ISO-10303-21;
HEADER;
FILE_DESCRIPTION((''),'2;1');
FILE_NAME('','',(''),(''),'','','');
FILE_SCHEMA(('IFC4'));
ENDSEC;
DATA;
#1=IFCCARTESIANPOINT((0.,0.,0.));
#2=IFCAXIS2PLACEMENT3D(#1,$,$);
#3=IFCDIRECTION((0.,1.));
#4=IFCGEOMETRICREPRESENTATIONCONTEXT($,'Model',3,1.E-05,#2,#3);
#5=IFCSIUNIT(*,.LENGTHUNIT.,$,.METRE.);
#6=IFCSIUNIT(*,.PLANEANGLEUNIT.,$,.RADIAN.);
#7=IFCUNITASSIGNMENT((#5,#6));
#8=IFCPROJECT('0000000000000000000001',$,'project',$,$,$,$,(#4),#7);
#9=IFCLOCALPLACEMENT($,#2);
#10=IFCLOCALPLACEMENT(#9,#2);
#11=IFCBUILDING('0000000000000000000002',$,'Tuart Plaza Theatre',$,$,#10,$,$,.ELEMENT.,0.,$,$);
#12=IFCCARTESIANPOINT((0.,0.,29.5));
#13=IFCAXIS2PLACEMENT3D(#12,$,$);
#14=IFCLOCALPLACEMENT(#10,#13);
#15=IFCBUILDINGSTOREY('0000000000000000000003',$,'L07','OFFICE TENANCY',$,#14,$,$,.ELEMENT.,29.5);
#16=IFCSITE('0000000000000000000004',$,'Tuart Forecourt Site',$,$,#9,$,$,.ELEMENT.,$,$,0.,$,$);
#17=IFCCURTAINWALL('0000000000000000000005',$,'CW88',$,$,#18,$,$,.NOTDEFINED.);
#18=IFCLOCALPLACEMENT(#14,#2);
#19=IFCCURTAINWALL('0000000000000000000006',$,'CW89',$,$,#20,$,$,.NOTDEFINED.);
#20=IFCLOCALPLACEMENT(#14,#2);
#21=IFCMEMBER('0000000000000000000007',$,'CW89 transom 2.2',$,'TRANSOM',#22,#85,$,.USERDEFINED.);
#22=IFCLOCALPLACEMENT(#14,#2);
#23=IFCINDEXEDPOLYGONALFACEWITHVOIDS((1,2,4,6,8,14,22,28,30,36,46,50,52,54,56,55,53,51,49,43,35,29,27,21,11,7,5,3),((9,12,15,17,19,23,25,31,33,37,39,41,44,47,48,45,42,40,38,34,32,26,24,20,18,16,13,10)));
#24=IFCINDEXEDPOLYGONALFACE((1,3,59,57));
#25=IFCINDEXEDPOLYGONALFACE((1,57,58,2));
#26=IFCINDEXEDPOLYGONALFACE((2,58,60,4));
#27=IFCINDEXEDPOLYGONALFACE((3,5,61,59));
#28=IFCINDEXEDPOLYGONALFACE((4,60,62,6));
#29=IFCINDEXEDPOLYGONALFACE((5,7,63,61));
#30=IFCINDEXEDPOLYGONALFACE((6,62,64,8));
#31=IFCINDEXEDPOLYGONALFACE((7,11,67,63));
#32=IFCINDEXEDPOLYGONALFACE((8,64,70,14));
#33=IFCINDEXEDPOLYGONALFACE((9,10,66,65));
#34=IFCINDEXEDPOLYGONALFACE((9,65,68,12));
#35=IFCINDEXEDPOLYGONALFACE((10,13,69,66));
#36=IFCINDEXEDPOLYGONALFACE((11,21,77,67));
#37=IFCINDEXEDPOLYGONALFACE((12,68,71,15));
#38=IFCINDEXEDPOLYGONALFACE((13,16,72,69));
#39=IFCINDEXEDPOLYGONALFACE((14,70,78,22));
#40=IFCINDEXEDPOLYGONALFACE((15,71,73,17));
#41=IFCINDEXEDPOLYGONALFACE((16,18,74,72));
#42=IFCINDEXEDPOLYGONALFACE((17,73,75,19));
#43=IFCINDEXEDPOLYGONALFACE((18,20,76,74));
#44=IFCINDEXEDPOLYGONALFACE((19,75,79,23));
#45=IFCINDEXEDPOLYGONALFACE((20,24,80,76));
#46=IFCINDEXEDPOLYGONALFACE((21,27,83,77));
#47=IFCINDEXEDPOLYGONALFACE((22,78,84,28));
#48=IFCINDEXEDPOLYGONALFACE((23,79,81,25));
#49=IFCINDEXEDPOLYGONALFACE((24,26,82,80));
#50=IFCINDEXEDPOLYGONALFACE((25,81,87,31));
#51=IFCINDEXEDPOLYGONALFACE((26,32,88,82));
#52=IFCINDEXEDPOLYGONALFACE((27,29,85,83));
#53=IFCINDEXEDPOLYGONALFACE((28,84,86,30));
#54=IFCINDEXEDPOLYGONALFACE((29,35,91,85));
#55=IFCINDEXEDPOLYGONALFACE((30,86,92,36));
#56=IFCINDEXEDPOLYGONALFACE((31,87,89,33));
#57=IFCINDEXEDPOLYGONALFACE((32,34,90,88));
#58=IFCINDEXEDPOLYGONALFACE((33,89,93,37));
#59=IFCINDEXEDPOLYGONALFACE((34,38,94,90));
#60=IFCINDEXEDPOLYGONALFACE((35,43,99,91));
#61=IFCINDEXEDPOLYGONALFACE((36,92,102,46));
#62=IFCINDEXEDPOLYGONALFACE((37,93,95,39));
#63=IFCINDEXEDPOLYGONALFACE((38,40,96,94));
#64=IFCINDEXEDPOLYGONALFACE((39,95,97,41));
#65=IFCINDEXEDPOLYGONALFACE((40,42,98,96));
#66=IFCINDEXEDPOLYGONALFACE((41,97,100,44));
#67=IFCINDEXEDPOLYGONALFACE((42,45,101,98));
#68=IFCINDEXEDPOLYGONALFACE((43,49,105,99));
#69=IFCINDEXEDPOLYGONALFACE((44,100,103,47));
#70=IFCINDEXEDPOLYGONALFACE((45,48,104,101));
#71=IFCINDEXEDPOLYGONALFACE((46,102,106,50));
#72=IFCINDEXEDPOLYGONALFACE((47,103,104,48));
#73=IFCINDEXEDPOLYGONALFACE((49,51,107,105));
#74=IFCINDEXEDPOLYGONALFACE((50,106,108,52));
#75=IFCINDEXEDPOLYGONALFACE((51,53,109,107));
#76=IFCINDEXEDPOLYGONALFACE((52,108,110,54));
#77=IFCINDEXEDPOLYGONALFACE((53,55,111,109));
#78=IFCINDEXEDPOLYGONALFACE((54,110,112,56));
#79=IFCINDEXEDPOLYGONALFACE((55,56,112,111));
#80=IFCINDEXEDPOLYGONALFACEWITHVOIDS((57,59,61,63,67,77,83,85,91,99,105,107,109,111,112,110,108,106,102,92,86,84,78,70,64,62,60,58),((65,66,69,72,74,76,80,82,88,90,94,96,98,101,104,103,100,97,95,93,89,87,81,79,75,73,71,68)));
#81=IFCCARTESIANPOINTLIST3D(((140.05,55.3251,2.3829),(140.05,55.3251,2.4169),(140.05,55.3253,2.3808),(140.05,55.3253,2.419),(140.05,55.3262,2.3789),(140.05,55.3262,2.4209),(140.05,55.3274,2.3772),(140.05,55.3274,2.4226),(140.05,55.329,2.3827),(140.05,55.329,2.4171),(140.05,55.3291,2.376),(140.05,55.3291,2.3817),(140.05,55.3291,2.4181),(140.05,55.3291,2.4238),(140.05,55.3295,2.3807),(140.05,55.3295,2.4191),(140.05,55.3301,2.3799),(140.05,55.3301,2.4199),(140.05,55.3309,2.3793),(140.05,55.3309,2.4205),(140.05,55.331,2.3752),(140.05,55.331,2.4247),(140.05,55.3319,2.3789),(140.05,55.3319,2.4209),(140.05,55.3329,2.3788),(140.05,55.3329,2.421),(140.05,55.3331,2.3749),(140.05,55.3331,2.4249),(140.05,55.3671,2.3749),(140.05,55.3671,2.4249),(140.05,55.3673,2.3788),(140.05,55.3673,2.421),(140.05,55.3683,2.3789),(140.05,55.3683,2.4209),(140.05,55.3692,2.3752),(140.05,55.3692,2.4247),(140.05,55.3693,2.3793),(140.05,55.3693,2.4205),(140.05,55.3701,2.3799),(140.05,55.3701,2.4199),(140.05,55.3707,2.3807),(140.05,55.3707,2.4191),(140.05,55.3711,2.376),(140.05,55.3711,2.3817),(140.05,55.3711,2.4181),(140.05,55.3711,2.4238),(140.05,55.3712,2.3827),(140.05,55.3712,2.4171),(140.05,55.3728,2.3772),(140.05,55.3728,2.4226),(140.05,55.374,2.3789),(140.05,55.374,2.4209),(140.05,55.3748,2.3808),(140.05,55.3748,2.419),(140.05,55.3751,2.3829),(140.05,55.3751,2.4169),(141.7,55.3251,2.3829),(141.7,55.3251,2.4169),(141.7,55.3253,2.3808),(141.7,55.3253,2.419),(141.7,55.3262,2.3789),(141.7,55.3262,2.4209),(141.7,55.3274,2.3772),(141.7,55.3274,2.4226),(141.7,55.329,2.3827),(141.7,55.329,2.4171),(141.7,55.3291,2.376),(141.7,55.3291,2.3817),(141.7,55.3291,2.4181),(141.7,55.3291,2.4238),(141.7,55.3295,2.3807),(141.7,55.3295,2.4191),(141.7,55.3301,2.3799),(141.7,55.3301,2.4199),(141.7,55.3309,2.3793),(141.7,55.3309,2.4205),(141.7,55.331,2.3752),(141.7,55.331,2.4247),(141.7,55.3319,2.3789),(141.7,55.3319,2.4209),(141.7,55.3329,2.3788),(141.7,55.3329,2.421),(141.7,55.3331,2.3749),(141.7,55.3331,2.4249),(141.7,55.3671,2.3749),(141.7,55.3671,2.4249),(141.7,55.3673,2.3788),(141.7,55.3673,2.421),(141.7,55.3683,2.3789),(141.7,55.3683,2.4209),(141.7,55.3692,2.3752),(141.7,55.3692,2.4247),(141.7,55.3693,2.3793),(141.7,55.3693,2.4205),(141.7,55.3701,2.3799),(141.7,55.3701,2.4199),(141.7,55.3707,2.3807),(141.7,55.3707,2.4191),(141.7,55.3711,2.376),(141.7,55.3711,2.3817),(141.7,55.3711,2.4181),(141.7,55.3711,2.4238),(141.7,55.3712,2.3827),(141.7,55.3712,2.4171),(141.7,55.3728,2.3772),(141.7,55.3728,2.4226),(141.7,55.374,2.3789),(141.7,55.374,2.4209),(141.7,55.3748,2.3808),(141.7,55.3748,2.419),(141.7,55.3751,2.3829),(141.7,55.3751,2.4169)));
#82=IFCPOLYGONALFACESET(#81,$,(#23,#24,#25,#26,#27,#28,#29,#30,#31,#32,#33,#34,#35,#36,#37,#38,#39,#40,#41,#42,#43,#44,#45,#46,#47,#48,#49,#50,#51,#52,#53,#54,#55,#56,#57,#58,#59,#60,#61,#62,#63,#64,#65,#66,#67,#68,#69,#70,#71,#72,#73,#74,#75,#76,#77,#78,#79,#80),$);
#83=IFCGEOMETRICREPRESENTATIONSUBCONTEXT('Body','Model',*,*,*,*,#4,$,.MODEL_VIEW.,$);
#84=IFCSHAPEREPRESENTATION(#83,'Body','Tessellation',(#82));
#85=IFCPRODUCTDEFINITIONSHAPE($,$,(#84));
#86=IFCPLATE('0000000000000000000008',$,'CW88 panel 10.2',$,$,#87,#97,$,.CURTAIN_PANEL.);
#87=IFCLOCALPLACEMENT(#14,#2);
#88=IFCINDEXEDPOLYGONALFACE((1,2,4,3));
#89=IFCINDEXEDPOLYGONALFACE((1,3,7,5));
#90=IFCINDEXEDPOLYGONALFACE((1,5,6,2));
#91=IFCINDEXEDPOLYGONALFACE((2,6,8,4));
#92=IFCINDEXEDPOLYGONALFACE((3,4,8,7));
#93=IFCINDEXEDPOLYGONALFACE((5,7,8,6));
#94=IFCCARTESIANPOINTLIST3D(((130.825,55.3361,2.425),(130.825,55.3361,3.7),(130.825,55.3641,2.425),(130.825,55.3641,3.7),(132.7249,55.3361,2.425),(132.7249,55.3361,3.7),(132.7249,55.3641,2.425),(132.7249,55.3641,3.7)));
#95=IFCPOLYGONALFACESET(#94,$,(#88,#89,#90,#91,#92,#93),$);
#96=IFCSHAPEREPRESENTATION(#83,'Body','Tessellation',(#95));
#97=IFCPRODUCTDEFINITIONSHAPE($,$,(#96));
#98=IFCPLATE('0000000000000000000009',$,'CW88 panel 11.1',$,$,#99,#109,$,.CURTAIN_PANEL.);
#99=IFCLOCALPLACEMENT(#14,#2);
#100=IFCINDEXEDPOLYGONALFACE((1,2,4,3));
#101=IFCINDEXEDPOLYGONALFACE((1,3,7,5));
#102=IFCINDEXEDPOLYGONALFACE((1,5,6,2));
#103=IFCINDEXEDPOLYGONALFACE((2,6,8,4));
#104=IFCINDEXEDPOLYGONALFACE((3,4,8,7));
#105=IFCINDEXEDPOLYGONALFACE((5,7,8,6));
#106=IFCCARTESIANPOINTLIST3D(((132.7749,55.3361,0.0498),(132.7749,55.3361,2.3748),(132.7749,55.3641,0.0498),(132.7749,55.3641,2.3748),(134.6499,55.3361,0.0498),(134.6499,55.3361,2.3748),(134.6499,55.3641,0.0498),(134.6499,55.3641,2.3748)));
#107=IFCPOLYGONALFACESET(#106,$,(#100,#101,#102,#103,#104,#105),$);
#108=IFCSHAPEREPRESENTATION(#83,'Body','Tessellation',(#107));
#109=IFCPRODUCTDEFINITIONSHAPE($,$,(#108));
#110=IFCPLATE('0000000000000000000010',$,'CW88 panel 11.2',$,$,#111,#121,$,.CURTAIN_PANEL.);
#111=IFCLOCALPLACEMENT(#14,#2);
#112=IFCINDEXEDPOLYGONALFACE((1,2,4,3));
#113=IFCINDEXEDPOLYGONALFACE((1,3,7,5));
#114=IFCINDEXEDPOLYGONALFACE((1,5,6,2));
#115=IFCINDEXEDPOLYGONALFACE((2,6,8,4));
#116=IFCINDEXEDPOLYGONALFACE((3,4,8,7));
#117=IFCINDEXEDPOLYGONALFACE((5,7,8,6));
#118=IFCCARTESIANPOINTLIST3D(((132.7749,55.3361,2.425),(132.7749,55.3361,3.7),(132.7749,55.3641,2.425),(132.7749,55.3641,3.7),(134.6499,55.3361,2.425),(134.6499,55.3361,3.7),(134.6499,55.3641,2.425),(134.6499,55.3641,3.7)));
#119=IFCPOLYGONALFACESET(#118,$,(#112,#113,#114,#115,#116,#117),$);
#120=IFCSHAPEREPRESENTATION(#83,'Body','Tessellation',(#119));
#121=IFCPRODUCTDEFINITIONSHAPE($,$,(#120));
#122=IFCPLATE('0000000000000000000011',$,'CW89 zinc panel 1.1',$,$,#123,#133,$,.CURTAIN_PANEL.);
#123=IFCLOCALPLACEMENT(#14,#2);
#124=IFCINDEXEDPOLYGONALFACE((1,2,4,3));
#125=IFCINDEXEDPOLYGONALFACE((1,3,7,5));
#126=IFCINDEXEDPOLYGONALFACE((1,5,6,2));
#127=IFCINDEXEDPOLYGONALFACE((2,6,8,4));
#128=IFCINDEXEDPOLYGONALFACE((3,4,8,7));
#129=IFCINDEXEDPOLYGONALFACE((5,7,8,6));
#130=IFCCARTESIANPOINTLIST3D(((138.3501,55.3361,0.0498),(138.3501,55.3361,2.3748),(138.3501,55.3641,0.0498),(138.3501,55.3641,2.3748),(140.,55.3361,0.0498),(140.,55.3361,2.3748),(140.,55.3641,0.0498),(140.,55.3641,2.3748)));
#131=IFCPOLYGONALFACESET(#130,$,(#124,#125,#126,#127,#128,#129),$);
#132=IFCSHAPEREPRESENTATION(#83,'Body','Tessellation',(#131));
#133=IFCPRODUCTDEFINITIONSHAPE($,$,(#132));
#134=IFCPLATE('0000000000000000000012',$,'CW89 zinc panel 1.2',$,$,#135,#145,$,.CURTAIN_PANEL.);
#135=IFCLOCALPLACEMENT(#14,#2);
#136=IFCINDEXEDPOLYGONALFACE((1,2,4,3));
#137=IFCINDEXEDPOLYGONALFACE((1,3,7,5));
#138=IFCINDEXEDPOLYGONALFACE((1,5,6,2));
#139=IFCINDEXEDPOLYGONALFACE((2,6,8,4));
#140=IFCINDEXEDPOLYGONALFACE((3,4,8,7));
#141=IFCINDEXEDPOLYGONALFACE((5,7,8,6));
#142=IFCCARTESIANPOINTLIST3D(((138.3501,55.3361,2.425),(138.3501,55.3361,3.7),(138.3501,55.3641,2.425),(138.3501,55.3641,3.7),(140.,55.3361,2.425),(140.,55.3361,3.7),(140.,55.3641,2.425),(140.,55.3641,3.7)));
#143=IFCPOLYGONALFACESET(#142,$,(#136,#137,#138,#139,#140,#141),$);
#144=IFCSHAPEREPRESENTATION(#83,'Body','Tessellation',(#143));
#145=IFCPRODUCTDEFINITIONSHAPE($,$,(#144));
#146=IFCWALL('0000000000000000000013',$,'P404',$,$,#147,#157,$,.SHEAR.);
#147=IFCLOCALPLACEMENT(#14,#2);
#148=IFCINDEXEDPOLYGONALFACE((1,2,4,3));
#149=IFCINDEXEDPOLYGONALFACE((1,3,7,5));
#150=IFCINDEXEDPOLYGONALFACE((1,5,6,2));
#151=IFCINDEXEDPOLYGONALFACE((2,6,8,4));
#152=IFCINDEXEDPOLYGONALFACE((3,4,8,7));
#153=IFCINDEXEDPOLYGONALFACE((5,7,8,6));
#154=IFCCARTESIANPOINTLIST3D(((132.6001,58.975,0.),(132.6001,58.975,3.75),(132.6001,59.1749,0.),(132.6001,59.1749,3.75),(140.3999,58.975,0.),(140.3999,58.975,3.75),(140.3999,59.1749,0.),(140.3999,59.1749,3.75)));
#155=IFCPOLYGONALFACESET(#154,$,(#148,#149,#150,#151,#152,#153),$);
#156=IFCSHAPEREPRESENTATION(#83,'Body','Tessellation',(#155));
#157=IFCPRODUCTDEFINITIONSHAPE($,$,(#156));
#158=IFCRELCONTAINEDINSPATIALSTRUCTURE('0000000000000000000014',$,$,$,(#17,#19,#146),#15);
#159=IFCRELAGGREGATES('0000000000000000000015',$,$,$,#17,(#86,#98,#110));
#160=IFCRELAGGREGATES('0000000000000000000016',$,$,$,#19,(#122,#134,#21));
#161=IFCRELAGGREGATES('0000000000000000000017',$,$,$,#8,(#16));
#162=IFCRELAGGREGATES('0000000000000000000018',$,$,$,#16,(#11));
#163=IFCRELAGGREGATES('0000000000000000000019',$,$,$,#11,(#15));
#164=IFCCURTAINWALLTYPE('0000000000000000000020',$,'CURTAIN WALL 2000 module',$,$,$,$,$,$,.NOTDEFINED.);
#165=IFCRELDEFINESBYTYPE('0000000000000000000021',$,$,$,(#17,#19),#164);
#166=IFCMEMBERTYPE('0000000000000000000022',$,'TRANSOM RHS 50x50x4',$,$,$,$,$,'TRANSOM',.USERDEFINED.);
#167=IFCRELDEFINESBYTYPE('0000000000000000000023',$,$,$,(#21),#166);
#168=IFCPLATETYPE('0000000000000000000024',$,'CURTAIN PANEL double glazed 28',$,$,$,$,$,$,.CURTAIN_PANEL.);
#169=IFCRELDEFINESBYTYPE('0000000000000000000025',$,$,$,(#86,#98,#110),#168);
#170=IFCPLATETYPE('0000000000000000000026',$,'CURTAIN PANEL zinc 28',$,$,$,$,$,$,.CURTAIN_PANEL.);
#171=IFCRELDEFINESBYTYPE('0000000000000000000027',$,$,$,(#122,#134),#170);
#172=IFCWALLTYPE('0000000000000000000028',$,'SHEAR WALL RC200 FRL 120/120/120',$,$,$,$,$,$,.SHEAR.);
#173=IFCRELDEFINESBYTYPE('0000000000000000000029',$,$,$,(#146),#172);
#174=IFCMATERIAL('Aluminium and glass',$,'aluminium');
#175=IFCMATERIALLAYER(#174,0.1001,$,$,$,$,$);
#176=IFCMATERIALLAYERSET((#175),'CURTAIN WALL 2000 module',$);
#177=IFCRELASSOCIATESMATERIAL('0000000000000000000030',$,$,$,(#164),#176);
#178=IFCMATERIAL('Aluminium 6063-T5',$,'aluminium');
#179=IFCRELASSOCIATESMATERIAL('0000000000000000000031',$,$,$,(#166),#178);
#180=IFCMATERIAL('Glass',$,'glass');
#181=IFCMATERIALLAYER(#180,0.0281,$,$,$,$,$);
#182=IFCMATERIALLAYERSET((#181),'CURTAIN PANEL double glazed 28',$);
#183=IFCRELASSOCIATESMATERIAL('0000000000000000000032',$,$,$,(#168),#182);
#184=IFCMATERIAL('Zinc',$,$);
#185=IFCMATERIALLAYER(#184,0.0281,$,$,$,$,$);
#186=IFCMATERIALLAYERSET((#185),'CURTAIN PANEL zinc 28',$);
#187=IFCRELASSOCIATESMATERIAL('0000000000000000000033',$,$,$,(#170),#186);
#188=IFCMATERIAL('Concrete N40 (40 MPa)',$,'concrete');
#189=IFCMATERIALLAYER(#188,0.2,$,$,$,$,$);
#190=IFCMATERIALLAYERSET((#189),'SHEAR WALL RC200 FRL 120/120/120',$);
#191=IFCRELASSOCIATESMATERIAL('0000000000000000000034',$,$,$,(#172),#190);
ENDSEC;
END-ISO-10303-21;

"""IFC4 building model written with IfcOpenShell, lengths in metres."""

from ifc_helpers import new_model, si_unit, direction, frame, frame_2d, origin, origin_2d, place, context, subcontext, project, spatial, rectangle, hollow_rectangle, extrude, material, layer, layer_set, material_profile, profile_set, type_object, element, aggregate, save


model = new_model("IFC4")

# Units and contexts
model_context = context("Model", 3, precision=1e-05, world=origin(), true_north=direction((0.0, 1.0)))
body_context = subcontext(model_context, "Body", "Model", "MODEL_VIEW")
ifc_project = project(units=[si_unit("LENGTHUNIT", "METRE"), si_unit("PLANEANGLEUNIT", "RADIAN")], contexts=[model_context])

# Site, building, storey
site_placement = place(None, origin())
site = spatial("IfcSite", under=ifc_project, at=site_placement, Name="Tuart Forecourt Site", CompositionType="ELEMENT", RefElevation=0.0)
building_placement = place(site_placement, origin())
building = spatial("IfcBuilding", under=site, at=building_placement, Name="Tuart Plaza Theatre", CompositionType="ELEMENT", ElevationOfRefHeight=0.0)
storey_placement = place(building_placement, frame((0.0, 0.0, 29.5)))
storey = spatial("IfcBuildingStorey", under=building, at=storey_placement, Name="L07", Description="OFFICE TENANCY", CompositionType="ELEMENT", Elevation=29.5)

# Curtain walls
ifc_material_1 = material(Name="Aluminium and glass", Category="aluminium")
ifc_layer_1 = layer(ifc_material_1, 0.1001)
ifc_layer_set_1 = layer_set([ifc_layer_1], Name="CURTAIN WALL 2000 module")
curtain_wall_type = type_object("IfcCurtainWallType", Name="CURTAIN WALL 2000 module", PredefinedType="NOTDEFINED", material=ifc_layer_set_1)
curtain_wall_1_placement = place(storey_placement, origin())
curtain_wall_1 = element("IfcCurtainWall", 1, at=curtain_wall_1_placement, inside=storey, type_object=curtain_wall_type, Name="CW88", PredefinedType="NOTDEFINED")
curtain_wall_2_placement = place(storey_placement, origin())
curtain_wall_2 = element("IfcCurtainWall", 2, at=curtain_wall_2_placement, inside=storey, type_object=curtain_wall_type, Name="CW89", PredefinedType="NOTDEFINED")

# Member
ifc_material_2 = material(Name="Aluminium 6063-T5", Category="aluminium")
ifc_material_profile_1 = material_profile(ifc_material_2, hollow_rectangle(XDim=0.05, YDim=0.05, WallThickness=0.0039, InnerFilletRadius=0.0039, OuterFilletRadius=0.0081, at=origin_2d()), Name="RHS 50x50x4")
ifc_profile_set_1 = profile_set([ifc_material_profile_1], Name="Aluminium 6063-T5")
member_type_1 = type_object("IfcMemberType", Name="TRANSOM RHS 50x50x4", ElementType="TRANSOM", PredefinedType="USERDEFINED", material=ifc_profile_set_1)
member_1_placement = place(storey_placement, frame((140.05, 55.3501, 2.3999), z_axis=(1.0, 0.0, 0.0), x_axis=(0.0, 1.0, 0.0)))
member_1 = element("IfcMember", 3, at=member_1_placement, type_object=member_type_1, Name="CW89 transom 2.2", ObjectType="TRANSOM", PredefinedType="USERDEFINED", context=body_context, shape_type="SweptSolid", body=[
    extrude(hollow_rectangle(XDim=0.05, YDim=0.05, WallThickness=0.0039, InnerFilletRadius=0.0039, OuterFilletRadius=0.0081, at=origin_2d()), origin(), (0.0, 0.0, 1.0), 1.6499),
])

# Plates
ifc_material_3 = material(Name="Glass", Category="glass")
ifc_layer_2 = layer(ifc_material_3, 0.0281)
ifc_layer_set_2 = layer_set([ifc_layer_2], Name="CURTAIN PANEL double glazed 28")
plate_type_1 = type_object("IfcPlateType", Name="CURTAIN PANEL double glazed 28", PredefinedType="CURTAIN_PANEL", material=ifc_layer_set_2)
plate_1_placement = place(storey_placement, frame((131.7749, 55.3501, 2.425), z_axis=(0.0, 0.0, 1.0), x_axis=(1.0, 0.0, 0.0)))
plate_1 = element("IfcPlate", 4, at=plate_1_placement, type_object=plate_type_1, Name="CW88 panel 10.2", PredefinedType="CURTAIN_PANEL", context=body_context, shape_type="SweptSolid", body=[
    extrude(rectangle(XDim=1.8999, YDim=0.0281, at=origin_2d()), origin(), (0.0, 0.0, 1.0), 1.2749),
])
plate_2_placement = place(storey_placement, frame((133.7124, 55.3501, 0.0498), z_axis=(0.0, 0.0, 1.0), x_axis=(1.0, 0.0, 0.0)))
plate_2 = element("IfcPlate", 5, at=plate_2_placement, type_object=plate_type_1, Name="CW88 panel 11.1", PredefinedType="CURTAIN_PANEL", context=body_context, shape_type="SweptSolid", body=[
    extrude(rectangle(XDim=1.875, YDim=0.0281, at=origin_2d()), origin(), (0.0, 0.0, 1.0), 2.325),
])
plate_3_placement = place(storey_placement, frame((133.7124, 55.3501, 2.425), z_axis=(0.0, 0.0, 1.0), x_axis=(1.0, 0.0, 0.0)))
plate_3 = element("IfcPlate", 6, at=plate_3_placement, type_object=plate_type_1, Name="CW88 panel 11.2", PredefinedType="CURTAIN_PANEL", context=body_context, shape_type="SweptSolid", body=[
    extrude(rectangle(XDim=1.875, YDim=0.0281, at=origin_2d()), origin(), (0.0, 0.0, 1.0), 1.2749),
])
aggregate(curtain_wall_1, [plate_1, plate_2, plate_3])
ifc_material_4 = material(Name="Zinc")
ifc_layer_3 = layer(ifc_material_4, 0.0281)
ifc_layer_set_3 = layer_set([ifc_layer_3], Name="CURTAIN PANEL zinc 28")
plate_type_2 = type_object("IfcPlateType", Name="CURTAIN PANEL zinc 28", PredefinedType="CURTAIN_PANEL", material=ifc_layer_set_3)
plate_4_placement = place(storey_placement, frame((139.175, 55.3501, 0.0498), z_axis=(0.0, 0.0, 1.0), x_axis=(1.0, 0.0, 0.0)))
plate_4 = element("IfcPlate", 7, at=plate_4_placement, type_object=plate_type_2, Name="CW89 zinc panel 1.1", PredefinedType="CURTAIN_PANEL", context=body_context, shape_type="SweptSolid", body=[
    extrude(rectangle(XDim=1.6499, YDim=0.0281, at=origin_2d()), origin(), (0.0, 0.0, 1.0), 2.325),
])
plate_5_placement = place(storey_placement, frame((139.175, 55.3501, 2.425), z_axis=(0.0, 0.0, 1.0), x_axis=(1.0, 0.0, 0.0)))
plate_5 = element("IfcPlate", 8, at=plate_5_placement, type_object=plate_type_2, Name="CW89 zinc panel 1.2", PredefinedType="CURTAIN_PANEL", context=body_context, shape_type="SweptSolid", body=[
    extrude(rectangle(XDim=1.6499, YDim=0.0281, at=origin_2d()), origin(), (0.0, 0.0, 1.0), 1.2749),
])
aggregate(curtain_wall_2, [plate_4, plate_5, member_1])

# Wall
ifc_material_5 = material(Name="Concrete N40 (40 MPa)", Category="concrete")
ifc_layer_4 = layer(ifc_material_5, 0.2)
ifc_layer_set_4 = layer_set([ifc_layer_4], Name="SHEAR WALL RC200 FRL 120/120/120")
wall_type_1 = type_object("IfcWallType", Name="SHEAR WALL RC200 FRL 120/120/120", PredefinedType="SHEAR", material=ifc_layer_set_4)
wall_1_placement = place(storey_placement, frame((132.6001, 59.075, 0.0), z_axis=(0.0, 0.0, 1.0), x_axis=(1.0, 0.0, 0.0)))
element("IfcWall", 9, at=wall_1_placement, inside=storey, type_object=wall_type_1, Name="P404", PredefinedType="SHEAR", context=body_context, shape_type="SweptSolid", body=[
    extrude(rectangle(XDim=7.7998, YDim=0.2, at=frame_2d((3.8999, 0.0))), origin(), (0.0, 0.0, 1.0), 3.75),
])

save(model, "model.ifc")
